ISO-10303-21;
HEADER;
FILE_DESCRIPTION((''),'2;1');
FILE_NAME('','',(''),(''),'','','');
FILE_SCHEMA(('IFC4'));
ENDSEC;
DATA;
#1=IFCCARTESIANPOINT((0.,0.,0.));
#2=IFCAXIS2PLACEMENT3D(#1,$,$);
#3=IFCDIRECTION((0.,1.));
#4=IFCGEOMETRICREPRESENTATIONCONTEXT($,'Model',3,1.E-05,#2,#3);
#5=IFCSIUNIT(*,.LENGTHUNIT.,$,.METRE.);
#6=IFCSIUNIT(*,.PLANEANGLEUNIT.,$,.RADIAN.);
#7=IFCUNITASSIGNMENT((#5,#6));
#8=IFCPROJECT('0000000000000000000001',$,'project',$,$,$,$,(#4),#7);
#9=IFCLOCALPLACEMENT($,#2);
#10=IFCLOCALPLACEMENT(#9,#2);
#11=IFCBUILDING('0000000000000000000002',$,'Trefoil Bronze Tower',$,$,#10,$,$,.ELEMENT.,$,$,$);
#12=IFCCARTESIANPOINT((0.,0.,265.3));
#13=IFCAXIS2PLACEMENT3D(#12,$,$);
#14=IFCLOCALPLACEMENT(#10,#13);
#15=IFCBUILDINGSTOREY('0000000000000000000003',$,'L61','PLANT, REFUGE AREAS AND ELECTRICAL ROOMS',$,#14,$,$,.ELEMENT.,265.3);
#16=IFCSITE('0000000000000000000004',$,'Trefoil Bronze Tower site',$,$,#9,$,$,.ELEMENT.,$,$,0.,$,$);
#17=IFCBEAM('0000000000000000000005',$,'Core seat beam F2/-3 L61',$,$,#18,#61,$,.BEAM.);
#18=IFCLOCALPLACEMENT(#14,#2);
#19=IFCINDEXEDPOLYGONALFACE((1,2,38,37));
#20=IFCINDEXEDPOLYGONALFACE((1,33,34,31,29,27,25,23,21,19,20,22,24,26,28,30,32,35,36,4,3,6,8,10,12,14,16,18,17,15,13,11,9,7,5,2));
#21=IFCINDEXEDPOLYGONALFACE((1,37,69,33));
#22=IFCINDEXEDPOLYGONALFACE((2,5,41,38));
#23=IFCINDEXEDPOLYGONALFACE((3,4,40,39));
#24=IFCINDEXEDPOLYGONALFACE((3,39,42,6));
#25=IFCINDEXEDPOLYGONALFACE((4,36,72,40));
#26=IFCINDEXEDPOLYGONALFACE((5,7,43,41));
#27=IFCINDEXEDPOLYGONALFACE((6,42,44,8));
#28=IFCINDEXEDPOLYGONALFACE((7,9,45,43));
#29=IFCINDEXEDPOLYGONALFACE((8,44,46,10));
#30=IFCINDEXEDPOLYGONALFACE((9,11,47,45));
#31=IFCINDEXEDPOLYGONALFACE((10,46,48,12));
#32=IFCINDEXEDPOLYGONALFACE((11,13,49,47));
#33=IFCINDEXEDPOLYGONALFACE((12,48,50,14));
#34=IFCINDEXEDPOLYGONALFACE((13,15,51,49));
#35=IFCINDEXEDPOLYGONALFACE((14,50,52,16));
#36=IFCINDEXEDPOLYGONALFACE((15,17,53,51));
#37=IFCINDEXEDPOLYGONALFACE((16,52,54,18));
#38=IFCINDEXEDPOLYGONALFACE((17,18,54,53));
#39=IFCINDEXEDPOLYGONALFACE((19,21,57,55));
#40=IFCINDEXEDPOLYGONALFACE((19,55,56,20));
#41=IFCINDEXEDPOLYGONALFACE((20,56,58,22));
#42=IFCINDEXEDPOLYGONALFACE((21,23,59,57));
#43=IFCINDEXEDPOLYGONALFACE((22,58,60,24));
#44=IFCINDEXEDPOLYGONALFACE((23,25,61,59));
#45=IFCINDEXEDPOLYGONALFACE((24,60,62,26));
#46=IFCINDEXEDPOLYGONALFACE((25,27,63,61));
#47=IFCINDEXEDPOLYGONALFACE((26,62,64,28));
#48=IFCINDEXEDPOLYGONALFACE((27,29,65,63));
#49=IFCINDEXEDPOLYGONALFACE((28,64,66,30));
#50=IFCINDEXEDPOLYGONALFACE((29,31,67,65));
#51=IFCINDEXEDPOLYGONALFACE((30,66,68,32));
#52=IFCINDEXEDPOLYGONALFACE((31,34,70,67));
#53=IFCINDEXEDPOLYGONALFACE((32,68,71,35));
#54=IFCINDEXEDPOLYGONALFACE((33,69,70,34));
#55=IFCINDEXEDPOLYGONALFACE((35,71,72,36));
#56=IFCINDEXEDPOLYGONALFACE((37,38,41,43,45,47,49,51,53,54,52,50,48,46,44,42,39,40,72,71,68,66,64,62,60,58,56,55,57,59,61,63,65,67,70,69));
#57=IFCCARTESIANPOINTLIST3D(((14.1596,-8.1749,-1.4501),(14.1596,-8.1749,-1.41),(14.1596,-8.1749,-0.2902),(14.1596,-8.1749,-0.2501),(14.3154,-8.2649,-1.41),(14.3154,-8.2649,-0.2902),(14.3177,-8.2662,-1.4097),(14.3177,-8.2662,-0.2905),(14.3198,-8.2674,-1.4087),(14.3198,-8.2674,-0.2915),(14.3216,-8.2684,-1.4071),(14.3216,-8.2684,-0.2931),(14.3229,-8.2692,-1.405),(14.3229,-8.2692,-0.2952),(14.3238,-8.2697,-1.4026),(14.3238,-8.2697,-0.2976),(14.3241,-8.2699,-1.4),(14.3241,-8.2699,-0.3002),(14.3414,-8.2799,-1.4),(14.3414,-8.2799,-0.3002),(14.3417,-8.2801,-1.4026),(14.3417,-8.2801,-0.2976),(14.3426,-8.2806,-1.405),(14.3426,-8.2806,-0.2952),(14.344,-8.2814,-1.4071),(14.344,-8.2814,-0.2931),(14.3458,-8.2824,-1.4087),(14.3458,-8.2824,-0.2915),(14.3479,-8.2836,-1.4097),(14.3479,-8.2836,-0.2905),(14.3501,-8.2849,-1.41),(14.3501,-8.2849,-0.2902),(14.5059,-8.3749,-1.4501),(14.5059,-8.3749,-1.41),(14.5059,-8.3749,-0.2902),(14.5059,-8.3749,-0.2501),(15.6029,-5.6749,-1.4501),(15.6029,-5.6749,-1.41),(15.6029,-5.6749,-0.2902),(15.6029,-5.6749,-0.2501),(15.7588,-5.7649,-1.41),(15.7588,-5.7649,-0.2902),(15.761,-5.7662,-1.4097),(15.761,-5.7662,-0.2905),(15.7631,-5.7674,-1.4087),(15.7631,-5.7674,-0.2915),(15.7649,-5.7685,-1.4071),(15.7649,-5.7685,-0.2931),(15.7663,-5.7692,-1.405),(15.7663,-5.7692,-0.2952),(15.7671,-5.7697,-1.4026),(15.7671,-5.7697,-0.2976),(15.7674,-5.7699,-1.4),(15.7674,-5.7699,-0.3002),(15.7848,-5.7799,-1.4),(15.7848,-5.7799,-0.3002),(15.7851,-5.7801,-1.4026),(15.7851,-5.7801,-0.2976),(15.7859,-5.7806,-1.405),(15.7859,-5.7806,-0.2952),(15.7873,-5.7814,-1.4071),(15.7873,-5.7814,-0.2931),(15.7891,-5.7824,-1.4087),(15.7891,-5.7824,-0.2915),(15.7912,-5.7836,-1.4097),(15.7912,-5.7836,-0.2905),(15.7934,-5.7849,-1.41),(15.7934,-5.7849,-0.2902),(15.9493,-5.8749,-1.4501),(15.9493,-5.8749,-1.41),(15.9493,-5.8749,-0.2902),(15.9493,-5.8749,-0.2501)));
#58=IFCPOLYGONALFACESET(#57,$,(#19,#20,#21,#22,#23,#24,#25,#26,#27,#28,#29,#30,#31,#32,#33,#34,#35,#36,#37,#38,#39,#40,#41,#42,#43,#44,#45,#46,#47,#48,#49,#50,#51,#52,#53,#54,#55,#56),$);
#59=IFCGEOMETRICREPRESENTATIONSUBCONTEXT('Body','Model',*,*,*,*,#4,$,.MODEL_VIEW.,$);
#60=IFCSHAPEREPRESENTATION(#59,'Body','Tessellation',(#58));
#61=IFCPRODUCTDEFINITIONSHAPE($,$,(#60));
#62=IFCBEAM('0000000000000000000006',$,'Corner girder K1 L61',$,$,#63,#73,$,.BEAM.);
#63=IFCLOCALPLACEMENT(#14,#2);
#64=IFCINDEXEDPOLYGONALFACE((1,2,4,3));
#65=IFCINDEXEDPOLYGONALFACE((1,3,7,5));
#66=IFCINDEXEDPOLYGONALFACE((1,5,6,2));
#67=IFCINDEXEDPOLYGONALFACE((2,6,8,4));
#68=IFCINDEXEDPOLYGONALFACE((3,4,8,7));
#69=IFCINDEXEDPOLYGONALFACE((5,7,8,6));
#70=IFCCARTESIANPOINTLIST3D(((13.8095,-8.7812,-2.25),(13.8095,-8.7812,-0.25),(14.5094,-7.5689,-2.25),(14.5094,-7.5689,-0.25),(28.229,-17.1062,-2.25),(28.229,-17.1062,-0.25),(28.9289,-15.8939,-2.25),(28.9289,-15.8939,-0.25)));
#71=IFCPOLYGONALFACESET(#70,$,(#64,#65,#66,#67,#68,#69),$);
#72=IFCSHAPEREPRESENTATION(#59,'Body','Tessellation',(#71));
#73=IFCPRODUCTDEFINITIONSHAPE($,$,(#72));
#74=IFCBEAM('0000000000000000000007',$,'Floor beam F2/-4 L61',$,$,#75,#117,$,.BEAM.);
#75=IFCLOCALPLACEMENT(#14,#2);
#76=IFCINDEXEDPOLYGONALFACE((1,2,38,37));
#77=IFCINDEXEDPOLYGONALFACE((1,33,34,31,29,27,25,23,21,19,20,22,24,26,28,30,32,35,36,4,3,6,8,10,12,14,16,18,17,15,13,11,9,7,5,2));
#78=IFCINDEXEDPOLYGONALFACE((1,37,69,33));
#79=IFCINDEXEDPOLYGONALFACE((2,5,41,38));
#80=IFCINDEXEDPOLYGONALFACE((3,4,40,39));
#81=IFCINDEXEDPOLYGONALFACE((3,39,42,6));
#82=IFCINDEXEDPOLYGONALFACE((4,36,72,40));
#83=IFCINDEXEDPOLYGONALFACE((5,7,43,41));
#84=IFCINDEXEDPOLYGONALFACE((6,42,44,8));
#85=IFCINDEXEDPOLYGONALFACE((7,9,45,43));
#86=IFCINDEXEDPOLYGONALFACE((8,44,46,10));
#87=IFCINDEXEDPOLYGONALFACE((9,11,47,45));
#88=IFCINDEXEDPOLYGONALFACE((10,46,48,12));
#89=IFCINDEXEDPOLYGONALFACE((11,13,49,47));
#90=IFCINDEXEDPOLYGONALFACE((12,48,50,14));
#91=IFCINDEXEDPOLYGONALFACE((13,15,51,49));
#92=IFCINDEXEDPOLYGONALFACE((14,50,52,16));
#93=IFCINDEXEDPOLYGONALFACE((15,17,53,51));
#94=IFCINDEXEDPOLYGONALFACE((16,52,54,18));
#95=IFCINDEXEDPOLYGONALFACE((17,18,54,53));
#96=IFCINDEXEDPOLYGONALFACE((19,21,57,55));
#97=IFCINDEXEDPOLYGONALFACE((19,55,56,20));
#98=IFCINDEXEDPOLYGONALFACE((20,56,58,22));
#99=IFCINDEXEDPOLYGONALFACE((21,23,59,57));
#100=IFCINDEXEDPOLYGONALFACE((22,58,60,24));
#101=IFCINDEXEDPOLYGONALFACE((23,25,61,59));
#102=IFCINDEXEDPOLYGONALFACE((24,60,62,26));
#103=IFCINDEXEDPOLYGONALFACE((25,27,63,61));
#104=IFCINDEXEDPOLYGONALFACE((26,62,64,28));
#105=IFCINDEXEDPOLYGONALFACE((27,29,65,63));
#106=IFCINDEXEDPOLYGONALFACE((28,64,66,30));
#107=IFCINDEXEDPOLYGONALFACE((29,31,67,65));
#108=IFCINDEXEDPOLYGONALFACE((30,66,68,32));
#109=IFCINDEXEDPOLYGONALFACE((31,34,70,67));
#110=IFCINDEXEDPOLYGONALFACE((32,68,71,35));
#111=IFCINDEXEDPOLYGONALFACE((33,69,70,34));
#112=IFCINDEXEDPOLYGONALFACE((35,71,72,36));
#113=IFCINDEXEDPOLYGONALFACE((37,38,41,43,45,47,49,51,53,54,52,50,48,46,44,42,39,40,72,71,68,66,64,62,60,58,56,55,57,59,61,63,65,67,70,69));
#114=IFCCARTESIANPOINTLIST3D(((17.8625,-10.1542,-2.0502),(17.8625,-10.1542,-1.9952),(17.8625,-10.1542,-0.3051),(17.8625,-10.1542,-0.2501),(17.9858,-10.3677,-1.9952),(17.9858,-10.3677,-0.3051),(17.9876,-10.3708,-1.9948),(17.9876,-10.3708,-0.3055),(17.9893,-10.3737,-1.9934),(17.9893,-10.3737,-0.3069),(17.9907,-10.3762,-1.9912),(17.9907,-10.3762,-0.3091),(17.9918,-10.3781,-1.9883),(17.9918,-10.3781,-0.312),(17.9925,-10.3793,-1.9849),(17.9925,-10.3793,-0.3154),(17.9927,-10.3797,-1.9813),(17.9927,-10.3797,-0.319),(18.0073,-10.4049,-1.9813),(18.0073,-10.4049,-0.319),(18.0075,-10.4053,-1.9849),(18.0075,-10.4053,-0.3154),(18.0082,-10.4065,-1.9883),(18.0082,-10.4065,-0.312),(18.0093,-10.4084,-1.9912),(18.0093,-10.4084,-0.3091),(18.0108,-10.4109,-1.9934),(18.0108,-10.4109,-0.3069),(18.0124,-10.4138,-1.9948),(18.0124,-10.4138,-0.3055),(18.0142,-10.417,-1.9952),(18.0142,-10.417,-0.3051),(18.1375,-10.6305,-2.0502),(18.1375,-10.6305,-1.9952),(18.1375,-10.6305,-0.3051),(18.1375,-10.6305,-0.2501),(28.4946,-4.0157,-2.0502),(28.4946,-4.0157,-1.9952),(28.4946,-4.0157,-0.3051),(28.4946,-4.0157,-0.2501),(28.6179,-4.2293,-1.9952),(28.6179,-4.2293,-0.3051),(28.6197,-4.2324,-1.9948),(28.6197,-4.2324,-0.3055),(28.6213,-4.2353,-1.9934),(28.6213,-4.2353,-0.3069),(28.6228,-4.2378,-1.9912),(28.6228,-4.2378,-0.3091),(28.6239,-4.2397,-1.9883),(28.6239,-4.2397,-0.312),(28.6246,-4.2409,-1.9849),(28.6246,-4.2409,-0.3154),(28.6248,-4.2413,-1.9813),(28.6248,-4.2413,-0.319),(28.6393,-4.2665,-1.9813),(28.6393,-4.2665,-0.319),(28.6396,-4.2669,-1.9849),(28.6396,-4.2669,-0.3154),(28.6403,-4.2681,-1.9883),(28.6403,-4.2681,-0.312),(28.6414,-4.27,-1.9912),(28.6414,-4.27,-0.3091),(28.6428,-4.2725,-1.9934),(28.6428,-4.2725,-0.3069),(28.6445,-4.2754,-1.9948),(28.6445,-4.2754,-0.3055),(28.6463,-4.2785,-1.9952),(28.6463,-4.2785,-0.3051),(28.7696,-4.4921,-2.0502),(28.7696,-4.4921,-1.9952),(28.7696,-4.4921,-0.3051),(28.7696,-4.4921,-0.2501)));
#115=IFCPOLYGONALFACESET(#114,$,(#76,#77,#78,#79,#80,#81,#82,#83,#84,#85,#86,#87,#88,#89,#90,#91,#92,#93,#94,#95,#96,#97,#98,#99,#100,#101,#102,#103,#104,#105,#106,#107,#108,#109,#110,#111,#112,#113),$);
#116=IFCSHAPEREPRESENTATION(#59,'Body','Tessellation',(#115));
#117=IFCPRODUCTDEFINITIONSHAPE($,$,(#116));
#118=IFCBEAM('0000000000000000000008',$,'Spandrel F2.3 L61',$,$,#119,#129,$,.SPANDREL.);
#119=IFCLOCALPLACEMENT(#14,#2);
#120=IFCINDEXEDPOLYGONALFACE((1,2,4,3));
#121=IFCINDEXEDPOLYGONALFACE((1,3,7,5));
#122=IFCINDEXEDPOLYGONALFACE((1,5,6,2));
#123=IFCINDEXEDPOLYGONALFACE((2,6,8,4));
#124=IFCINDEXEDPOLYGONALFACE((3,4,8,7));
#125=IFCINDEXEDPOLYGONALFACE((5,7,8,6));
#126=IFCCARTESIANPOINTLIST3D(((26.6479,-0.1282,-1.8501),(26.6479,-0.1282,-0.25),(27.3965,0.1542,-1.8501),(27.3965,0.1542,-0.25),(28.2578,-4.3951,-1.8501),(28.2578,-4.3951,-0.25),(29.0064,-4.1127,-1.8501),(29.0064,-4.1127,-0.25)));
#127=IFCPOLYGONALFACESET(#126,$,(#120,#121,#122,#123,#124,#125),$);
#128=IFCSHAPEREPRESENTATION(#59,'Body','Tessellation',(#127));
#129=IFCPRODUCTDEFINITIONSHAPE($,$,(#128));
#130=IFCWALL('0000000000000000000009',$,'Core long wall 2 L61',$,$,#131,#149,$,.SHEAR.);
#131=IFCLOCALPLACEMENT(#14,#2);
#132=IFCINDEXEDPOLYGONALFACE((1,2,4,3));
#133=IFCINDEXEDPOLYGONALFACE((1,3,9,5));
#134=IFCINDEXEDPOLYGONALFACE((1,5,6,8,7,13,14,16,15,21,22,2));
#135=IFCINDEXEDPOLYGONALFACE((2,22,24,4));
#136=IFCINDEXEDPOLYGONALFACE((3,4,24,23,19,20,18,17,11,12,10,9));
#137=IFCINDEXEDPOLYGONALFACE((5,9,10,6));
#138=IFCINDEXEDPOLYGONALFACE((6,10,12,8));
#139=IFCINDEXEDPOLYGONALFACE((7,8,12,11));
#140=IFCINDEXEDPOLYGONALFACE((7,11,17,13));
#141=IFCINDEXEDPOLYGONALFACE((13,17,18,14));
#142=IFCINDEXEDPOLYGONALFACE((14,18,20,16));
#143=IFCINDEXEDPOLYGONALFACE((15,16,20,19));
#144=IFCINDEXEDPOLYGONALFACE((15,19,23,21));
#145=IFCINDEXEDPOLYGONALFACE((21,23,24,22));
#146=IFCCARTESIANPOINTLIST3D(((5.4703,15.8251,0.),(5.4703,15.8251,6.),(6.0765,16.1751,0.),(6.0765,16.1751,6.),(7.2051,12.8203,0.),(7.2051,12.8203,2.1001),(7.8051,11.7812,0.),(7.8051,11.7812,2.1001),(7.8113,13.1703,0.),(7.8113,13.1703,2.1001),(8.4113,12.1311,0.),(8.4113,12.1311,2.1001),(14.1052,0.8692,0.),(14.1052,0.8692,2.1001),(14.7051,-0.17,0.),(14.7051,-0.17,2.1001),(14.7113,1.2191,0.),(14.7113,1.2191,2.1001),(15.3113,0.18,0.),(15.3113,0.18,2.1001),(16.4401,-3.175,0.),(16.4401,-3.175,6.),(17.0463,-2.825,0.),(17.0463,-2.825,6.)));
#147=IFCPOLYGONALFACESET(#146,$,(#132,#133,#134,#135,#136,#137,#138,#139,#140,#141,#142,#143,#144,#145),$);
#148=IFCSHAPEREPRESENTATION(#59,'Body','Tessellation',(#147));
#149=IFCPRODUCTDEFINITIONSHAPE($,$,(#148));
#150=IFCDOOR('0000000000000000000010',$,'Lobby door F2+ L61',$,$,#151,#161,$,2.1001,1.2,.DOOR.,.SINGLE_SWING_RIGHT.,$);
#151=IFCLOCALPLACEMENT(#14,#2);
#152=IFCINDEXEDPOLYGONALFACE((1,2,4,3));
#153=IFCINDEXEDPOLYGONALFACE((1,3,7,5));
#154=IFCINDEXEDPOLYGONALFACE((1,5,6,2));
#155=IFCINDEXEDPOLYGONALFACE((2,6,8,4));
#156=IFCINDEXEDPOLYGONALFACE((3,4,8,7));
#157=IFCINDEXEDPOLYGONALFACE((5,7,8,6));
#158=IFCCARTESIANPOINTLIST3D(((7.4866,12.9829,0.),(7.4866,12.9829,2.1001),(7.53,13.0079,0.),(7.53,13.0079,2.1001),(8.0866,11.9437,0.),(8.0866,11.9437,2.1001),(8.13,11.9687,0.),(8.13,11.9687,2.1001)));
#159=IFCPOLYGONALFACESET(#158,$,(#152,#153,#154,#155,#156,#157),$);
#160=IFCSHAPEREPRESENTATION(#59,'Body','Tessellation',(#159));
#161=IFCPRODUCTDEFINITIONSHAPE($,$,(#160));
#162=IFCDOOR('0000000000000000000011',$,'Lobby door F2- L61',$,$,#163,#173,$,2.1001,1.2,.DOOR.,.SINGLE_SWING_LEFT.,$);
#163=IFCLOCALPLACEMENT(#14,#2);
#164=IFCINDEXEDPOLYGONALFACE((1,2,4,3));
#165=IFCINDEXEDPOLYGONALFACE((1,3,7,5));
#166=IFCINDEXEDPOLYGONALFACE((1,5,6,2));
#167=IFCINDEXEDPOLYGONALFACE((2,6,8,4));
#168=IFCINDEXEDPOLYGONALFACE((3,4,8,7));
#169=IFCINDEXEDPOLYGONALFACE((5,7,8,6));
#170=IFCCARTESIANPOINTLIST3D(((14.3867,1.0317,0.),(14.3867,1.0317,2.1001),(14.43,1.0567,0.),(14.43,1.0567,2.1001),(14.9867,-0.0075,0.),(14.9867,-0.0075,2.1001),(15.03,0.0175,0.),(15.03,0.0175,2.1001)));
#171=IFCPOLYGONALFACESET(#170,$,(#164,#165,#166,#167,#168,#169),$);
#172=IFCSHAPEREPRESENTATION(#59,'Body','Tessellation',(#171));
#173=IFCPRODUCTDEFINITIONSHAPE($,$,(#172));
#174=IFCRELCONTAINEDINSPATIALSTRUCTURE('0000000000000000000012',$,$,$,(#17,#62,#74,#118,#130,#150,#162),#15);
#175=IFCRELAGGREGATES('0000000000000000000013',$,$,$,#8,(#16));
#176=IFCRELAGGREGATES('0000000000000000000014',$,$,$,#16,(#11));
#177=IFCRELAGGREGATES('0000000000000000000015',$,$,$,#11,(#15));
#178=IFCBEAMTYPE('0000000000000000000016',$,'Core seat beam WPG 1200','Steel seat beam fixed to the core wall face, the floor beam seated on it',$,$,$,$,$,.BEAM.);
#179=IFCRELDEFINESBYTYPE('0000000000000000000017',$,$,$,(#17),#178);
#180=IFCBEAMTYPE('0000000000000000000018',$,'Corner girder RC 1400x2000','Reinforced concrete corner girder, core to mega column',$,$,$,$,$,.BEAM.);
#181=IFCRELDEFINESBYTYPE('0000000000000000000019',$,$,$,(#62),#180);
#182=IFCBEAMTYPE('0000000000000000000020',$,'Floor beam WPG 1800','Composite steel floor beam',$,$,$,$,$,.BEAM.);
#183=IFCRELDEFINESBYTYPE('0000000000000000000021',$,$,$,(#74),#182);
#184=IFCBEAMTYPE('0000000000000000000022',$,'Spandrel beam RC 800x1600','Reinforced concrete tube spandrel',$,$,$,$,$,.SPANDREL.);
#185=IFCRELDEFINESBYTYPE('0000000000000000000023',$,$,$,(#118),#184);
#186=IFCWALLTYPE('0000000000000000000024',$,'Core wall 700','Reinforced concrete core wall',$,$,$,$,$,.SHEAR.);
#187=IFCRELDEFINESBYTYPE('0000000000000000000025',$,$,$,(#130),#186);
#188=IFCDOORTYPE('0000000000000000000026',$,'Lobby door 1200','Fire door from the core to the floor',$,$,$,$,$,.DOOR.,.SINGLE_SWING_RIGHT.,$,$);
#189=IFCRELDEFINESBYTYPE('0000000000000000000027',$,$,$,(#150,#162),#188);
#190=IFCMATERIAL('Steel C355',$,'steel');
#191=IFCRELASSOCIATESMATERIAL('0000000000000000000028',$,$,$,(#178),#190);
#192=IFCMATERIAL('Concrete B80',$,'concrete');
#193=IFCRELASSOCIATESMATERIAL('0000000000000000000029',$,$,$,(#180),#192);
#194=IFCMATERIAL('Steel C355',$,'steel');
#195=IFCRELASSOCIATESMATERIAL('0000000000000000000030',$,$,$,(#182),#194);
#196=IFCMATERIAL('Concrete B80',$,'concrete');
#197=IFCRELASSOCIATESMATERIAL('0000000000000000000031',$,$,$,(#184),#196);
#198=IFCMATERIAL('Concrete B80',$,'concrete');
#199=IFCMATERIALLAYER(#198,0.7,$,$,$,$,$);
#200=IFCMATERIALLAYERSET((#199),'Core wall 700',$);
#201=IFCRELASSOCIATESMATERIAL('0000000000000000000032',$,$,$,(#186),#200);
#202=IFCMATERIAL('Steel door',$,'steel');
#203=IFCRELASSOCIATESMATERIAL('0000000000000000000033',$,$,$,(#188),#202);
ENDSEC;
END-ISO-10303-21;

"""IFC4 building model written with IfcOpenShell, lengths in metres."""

from ifc_helpers import new_model, si_unit, direction, frame, frame_2d, origin, origin_2d, place, context, subcontext, project, spatial, rectangle, i_section, extrude, material, layer, layer_set, material_profile, profile_set, type_object, element, fill, save


model = new_model("IFC4")

# Units and contexts
model_context = context("Model", 3, precision=1e-05, world=origin(), true_north=direction((0.0, 1.0)))
body_context = subcontext(model_context, "Body", "Model", "MODEL_VIEW")
ifc_project = project(units=[si_unit("LENGTHUNIT", "METRE"), si_unit("PLANEANGLEUNIT", "RADIAN")], contexts=[model_context])

# Site, building, storey
site_placement = place(None, origin())
site = spatial("IfcSite", under=ifc_project, at=site_placement, Name="Trefoil Bronze Tower site", CompositionType="ELEMENT", RefElevation=0.0)
building_placement = place(site_placement, origin())
building = spatial("IfcBuilding", under=site, at=building_placement, Name="Trefoil Bronze Tower", CompositionType="ELEMENT")
storey_placement = place(building_placement, frame((0.0, 0.0, 265.3)))
storey = spatial("IfcBuildingStorey", under=building, at=storey_placement, Name="L61", Description="PLANT, REFUGE AREAS AND ELECTRICAL ROOMS", CompositionType="ELEMENT", Elevation=265.3)

# Beams
ifc_material_1 = material(Name="Steel C355", Category="steel")
ifc_material_profile_1 = material_profile(ifc_material_1, i_section(OverallWidth=0.3999, OverallDepth=1.2, WebThickness=0.02, FlangeThickness=0.04, FilletRadius=0.01, at=origin_2d()), Name="WPG 1200")
ifc_profile_set_1 = profile_set([ifc_material_profile_1], Name="Steel C355")
beam_type_1 = type_object("IfcBeamType", Name="Core seat beam WPG 1200", Description="Steel seat beam fixed to the core wall face, the floor beam seated on it", PredefinedType="BEAM", material=ifc_profile_set_1)
beam_1_placement = place(storey_placement, frame((14.3328, -8.2749, -0.8501), z_axis=(0.499996, 0.866028, 0.0), x_axis=(-0.866028, 0.499996, 0.0)))
element("IfcBeam", 1, at=beam_1_placement, inside=storey, type_object=beam_type_1, Name="Core seat beam F2/-3 L61", PredefinedType="BEAM", context=body_context, shape_type="SweptSolid", body=[
    extrude(i_section(OverallWidth=0.3999, OverallDepth=1.2, WebThickness=0.02, FlangeThickness=0.04, FilletRadius=0.01, at=origin_2d()), origin(), (0.0, 0.0, 1.0), 2.8867),
])
ifc_material_2 = material(Name="Concrete B80", Category="concrete")
ifc_material_profile_2 = material_profile(ifc_material_2, rectangle(XDim=1.3999, YDim=2.0, at=origin_2d()), Name="RC 1400x2000")
ifc_profile_set_2 = profile_set([ifc_material_profile_2], Name="Concrete B80")
beam_type_2 = type_object("IfcBeamType", Name="Corner girder RC 1400x2000", Description="Reinforced concrete corner girder, core to mega column", PredefinedType="BEAM", material=ifc_profile_set_2)
beam_2_placement = place(storey_placement, frame((14.1594, -8.175, -1.25), z_axis=(0.866028, -0.499995, 0.0), x_axis=(0.499995, 0.866028, 0.0)))
element("IfcBeam", 2, at=beam_2_placement, inside=storey, type_object=beam_type_2, Name="Corner girder K1 L61", PredefinedType="BEAM", context=body_context, shape_type="SweptSolid", body=[
    extrude(rectangle(XDim=1.3999, YDim=2.0, at=origin_2d()), origin(), (0.0, 0.0, 1.0), 16.6501),
])
ifc_material_3 = material(Name="Steel C355", Category="steel")
ifc_material_profile_3 = material_profile(ifc_material_3, i_section(OverallWidth=0.55, OverallDepth=1.8, WebThickness=0.0291, FlangeThickness=0.0549, FilletRadius=0.0139, at=origin_2d()), Name="WPG 1800")
ifc_profile_set_3 = profile_set([ifc_material_profile_3], Name="Steel C355")
beam_type_3 = type_object("IfcBeamType", Name="Floor beam WPG 1800", Description="Composite steel floor beam", PredefinedType="BEAM", material=ifc_profile_set_3)
beam_3_placement = place(storey_placement, frame((28.6321, -4.2539, -1.1501), z_axis=(-0.866026, -0.5, 0.0), x_axis=(0.5, -0.866026, 0.0)))
element("IfcBeam", 3, at=beam_3_placement, inside=storey, type_object=beam_type_3, Name="Floor beam F2/-4 L61", PredefinedType="BEAM", context=body_context, shape_type="SweptSolid", body=[
    extrude(i_section(OverallWidth=0.55, OverallDepth=1.8, WebThickness=0.0291, FlangeThickness=0.0549, FilletRadius=0.0139, at=origin_2d()), origin(), (0.0, 0.0, 1.0), 12.2769),
])
ifc_material_4 = material(Name="Concrete B80", Category="concrete")
ifc_material_profile_4 = material_profile(ifc_material_4, rectangle(XDim=0.8, YDim=1.6001, at=origin_2d()), Name="RC 800x1600")
ifc_profile_set_4 = profile_set([ifc_material_profile_4], Name="Concrete B80")
beam_type_4 = type_object("IfcBeamType", Name="Spandrel beam RC 800x1600", Description="Reinforced concrete tube spandrel", PredefinedType="SPANDREL", material=ifc_profile_set_4)
beam_4_placement = place(storey_placement, frame((28.6321, -4.2539, -1.05), z_axis=(-0.353006, 0.935621, 0.0), x_axis=(-0.935621, -0.353006, 0.0)))
element("IfcBeam", 4, at=beam_4_placement, inside=storey, type_object=beam_type_4, Name="Spandrel F2.3 L61", PredefinedType="SPANDREL", context=body_context, shape_type="SweptSolid", body=[
    extrude(rectangle(XDim=0.8, YDim=1.6001, at=origin_2d()), origin(), (0.0, 0.0, 1.0), 4.5605),
])

# Wall, openings, doors
ifc_material_5 = material(Name="Concrete B80", Category="concrete")
ifc_layer_1 = layer(ifc_material_5, 0.7)
ifc_layer_set_1 = layer_set([ifc_layer_1], Name="Core wall 700")
wall_type_1 = type_object("IfcWallType", Name="Core wall 700", Description="Reinforced concrete core wall", PredefinedType="SHEAR", material=ifc_layer_set_1)
wall_1_placement = place(storey_placement, frame((16.7432, -3.0, 0.0), z_axis=(0.0, 0.0, 1.0), x_axis=(-0.500002, 0.866024, 0.0)))
wall_1 = element("IfcWall", 5, at=wall_1_placement, inside=storey, type_object=wall_type_1, Name="Core long wall 2 L61", PredefinedType="SHEAR", context=body_context, shape_type="SweptSolid", body=[
    extrude(rectangle(XDim=21.9395, YDim=0.7, at=frame_2d((10.9697, 0.0))), origin(), (0.0, 0.0, 1.0), 6.0),
])
opening_1_placement = place(wall_1_placement, frame((17.2698, 0.0, 0.0)))
opening_1 = element("IfcOpeningElement", 6, at=opening_1_placement, cuts=wall_1, PredefinedType="OPENING", context=body_context, shape_type="SweptSolid", body=[
    extrude(rectangle(XDim=1.2, YDim=2.1001, at=frame_2d((0.6001, 1.05))), frame((0.0, 0.3599, 0.0), z_axis=(0.0, -1.0, 0.0), x_axis=(1.0, 0.0, 0.0)), (0.0, 0.0, 1.0), 0.72),
])
opening_2_placement = place(wall_1_placement, frame((3.4697, 0.0, 0.0)))
opening_2 = element("IfcOpeningElement", 7, at=opening_2_placement, cuts=wall_1, PredefinedType="OPENING", context=body_context, shape_type="SweptSolid", body=[
    extrude(rectangle(XDim=1.2, YDim=2.1001, at=frame_2d((0.6001, 1.05))), frame((0.0, 0.3599, 0.0), z_axis=(0.0, -1.0, 0.0), x_axis=(1.0, 0.0, 0.0)), (0.0, 0.0, 1.0), 0.72),
])
ifc_material_6 = material(Name="Steel door", Category="steel")
door_type_1 = type_object("IfcDoorType", Name="Lobby door 1200", Description="Fire door from the core to the floor", OperationType="SINGLE_SWING_RIGHT", PredefinedType="DOOR", material=ifc_material_6)
door_1_placement = place(opening_1_placement, origin())
door_1 = element("IfcDoor", 8, at=door_1_placement, inside=storey, type_object=door_type_1, Name="Lobby door F2+ L61", OperationType="SINGLE_SWING_RIGHT", OverallHeight=2.1001, OverallWidth=1.2, PredefinedType="DOOR", context=body_context, shape_type="SweptSolid", body=[
    extrude(rectangle(XDim=1.2, YDim=2.1001, at=frame_2d((0.6001, 1.05))), frame((0.0, 0.0249, 0.0), z_axis=(0.0, -1.0, 0.0), x_axis=(1.0, 0.0, 0.0)), (0.0, 0.0, 1.0), 0.05),
])
fill(opening_1, door_1)
door_2_placement = place(opening_2_placement, origin())
door_2 = element("IfcDoor", 9, at=door_2_placement, inside=storey, type_object=door_type_1, Name="Lobby door F2- L61", OperationType="SINGLE_SWING_LEFT", OverallHeight=2.1001, OverallWidth=1.2, PredefinedType="DOOR", context=body_context, shape_type="SweptSolid", body=[
    extrude(rectangle(XDim=1.2, YDim=2.1001, at=frame_2d((0.6001, 1.05))), frame((0.0, 0.0249, 0.0), z_axis=(0.0, -1.0, 0.0), x_axis=(1.0, 0.0, 0.0)), (0.0, 0.0, 1.0), 0.05),
])
fill(opening_2, door_2)

save(model, "model.ifc")
